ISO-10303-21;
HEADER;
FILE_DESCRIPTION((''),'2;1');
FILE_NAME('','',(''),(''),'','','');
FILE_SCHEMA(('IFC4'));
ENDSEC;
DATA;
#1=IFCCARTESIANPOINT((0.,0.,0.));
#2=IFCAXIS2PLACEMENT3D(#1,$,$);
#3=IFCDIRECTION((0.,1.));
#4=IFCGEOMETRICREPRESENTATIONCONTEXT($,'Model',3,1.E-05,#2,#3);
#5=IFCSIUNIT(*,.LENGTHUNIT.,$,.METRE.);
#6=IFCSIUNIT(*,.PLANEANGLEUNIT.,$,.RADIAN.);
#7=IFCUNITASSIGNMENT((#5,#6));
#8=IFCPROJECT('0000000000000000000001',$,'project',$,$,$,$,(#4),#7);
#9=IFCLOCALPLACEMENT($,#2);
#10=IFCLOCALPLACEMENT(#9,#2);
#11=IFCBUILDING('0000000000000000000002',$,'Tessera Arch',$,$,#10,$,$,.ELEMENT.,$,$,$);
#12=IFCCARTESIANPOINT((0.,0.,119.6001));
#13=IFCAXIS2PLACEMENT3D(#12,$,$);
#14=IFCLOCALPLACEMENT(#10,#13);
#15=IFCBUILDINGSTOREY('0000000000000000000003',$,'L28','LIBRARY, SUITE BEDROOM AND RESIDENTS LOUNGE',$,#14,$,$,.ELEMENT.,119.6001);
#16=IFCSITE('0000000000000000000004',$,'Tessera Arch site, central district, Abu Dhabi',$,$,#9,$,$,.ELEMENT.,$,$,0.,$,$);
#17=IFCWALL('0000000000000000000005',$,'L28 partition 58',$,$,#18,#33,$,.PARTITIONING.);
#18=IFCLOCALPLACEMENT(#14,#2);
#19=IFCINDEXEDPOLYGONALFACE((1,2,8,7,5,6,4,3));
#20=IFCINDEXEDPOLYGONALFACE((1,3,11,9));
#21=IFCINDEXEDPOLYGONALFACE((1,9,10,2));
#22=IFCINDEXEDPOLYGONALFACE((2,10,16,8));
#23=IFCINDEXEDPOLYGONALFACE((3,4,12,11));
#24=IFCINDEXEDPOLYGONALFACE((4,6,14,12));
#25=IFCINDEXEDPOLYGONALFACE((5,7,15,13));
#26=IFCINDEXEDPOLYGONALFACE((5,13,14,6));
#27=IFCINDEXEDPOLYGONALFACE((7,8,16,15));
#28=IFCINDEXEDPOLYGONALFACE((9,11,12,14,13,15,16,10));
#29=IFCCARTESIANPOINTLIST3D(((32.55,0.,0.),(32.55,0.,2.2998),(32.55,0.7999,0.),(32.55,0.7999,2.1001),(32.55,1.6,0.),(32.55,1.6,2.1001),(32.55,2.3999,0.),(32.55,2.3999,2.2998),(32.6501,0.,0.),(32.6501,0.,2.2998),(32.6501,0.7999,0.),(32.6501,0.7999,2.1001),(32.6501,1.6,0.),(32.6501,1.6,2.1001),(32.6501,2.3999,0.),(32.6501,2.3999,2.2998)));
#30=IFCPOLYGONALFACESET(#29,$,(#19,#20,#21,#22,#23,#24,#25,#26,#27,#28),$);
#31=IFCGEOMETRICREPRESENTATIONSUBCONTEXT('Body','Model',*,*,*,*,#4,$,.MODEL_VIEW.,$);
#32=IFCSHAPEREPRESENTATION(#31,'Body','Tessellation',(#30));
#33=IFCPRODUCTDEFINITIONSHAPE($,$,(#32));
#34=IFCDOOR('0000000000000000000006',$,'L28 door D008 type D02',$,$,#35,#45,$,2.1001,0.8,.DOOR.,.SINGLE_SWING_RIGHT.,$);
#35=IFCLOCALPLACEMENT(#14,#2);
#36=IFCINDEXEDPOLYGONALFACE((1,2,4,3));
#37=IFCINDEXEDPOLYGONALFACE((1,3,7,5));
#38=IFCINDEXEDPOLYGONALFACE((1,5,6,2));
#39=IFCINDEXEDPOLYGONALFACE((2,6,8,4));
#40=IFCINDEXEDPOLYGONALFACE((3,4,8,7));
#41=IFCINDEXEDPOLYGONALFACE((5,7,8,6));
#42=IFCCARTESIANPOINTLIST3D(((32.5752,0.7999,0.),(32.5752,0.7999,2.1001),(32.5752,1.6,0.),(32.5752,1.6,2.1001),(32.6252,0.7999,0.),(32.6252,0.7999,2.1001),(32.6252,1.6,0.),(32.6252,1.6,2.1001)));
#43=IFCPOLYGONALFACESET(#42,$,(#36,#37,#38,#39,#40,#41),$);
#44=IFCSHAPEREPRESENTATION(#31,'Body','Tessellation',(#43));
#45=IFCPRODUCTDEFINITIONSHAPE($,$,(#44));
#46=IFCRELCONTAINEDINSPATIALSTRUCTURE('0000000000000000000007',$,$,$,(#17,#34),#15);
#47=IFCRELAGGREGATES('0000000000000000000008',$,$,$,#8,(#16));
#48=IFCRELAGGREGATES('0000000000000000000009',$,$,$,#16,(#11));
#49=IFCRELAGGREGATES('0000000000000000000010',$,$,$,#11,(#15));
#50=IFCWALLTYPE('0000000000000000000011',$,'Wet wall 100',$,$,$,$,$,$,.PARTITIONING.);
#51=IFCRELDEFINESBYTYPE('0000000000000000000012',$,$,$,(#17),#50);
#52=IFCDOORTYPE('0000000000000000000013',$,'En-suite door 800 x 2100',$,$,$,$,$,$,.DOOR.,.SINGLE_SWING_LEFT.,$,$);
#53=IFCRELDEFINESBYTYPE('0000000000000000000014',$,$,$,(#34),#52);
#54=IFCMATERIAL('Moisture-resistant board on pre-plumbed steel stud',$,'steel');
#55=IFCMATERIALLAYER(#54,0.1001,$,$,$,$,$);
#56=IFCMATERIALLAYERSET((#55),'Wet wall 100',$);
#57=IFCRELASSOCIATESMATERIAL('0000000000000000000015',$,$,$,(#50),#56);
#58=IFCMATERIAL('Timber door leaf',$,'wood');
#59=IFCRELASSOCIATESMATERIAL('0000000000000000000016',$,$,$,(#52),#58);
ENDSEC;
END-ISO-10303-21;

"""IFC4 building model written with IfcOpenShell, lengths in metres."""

from ifc_helpers import new_model, si_unit, direction, frame, frame_2d, origin, place, context, subcontext, project, spatial, rectangle, extrude, material, layer, layer_set, type_object, element, fill, save


model = new_model("IFC4")

# Units and contexts
model_context = context("Model", 3, precision=1e-05, world=origin(), true_north=direction((0.0, 1.0)))
body_context = subcontext(model_context, "Body", "Model", "MODEL_VIEW")
ifc_project = project(units=[si_unit("LENGTHUNIT", "METRE"), si_unit("PLANEANGLEUNIT", "RADIAN")], contexts=[model_context])

# Site, building, storey
site_placement = place(None, origin())
site = spatial("IfcSite", under=ifc_project, at=site_placement, Name="Tessera Arch site, central district, Abu Dhabi", CompositionType="ELEMENT", RefElevation=0.0)
building_placement = place(site_placement, origin())
building = spatial("IfcBuilding", under=site, at=building_placement, Name="Tessera Arch", CompositionType="ELEMENT")
storey_placement = place(building_placement, frame((0.0, 0.0, 119.6001)))
storey = spatial("IfcBuildingStorey", under=building, at=storey_placement, Name="L28", Description="LIBRARY, SUITE BEDROOM AND RESIDENTS LOUNGE", CompositionType="ELEMENT", Elevation=119.6001)

# Wall, opening, door
ifc_material_1 = material(Name="Moisture-resistant board on pre-plumbed steel stud", Category="steel")
ifc_layer_1 = layer(ifc_material_1, 0.1001)
ifc_layer_set_1 = layer_set([ifc_layer_1], Name="Wet wall 100")
wall_type_1 = type_object("IfcWallType", Name="Wet wall 100", PredefinedType="PARTITIONING", material=ifc_layer_set_1)
wall_1_placement = place(storey_placement, frame((32.6001, 0.0, 0.0), z_axis=(0.0, 0.0, 1.0), x_axis=(0.0, 1.0, 0.0)))
wall_1 = element("IfcWall", 1, at=wall_1_placement, inside=storey, type_object=wall_type_1, Name="L28 partition 58", PredefinedType="PARTITIONING", context=body_context, shape_type="SweptSolid", body=[
    extrude(rectangle(XDim=2.3999, YDim=0.1001, at=frame_2d((1.2, 0.0))), origin(), (0.0, 0.0, 1.0), 2.2998),
])
opening_1_placement = place(wall_1_placement, frame((0.8, 0.0, 0.0)))
opening_1 = element("IfcOpeningElement", 2, at=opening_1_placement, cuts=wall_1, PredefinedType="OPENING", context=body_context, shape_type="SweptSolid", body=[
    extrude(rectangle(XDim=0.8, YDim=2.1001, at=frame_2d((0.3999, 1.05))), frame((0.0, 0.0601, 0.0), z_axis=(0.0, -1.0, 0.0), x_axis=(1.0, 0.0, 0.0)), (0.0, 0.0, 1.0), 0.1201),
])
ifc_material_2 = material(Name="Timber door leaf", Category="wood")
door_type_1 = type_object("IfcDoorType", Name="En-suite door 800 x 2100", OperationType="SINGLE_SWING_LEFT", PredefinedType="DOOR", material=ifc_material_2)
door_1_placement = place(opening_1_placement, origin())
door_1 = element("IfcDoor", 3, at=door_1_placement, inside=storey, type_object=door_type_1, Name="L28 door D008 type D02", OperationType="SINGLE_SWING_RIGHT", OverallHeight=2.1001, OverallWidth=0.8, PredefinedType="DOOR", context=body_context, shape_type="SweptSolid", body=[
    extrude(rectangle(XDim=0.8, YDim=2.1001, at=frame_2d((0.3999, 1.05))), frame((0.0, 0.0249, 0.0), z_axis=(0.0, -1.0, 0.0), x_axis=(1.0, 0.0, 0.0)), (0.0, 0.0, 1.0), 0.05),
])
fill(opening_1, door_1)

save(model, "model.ifc")
